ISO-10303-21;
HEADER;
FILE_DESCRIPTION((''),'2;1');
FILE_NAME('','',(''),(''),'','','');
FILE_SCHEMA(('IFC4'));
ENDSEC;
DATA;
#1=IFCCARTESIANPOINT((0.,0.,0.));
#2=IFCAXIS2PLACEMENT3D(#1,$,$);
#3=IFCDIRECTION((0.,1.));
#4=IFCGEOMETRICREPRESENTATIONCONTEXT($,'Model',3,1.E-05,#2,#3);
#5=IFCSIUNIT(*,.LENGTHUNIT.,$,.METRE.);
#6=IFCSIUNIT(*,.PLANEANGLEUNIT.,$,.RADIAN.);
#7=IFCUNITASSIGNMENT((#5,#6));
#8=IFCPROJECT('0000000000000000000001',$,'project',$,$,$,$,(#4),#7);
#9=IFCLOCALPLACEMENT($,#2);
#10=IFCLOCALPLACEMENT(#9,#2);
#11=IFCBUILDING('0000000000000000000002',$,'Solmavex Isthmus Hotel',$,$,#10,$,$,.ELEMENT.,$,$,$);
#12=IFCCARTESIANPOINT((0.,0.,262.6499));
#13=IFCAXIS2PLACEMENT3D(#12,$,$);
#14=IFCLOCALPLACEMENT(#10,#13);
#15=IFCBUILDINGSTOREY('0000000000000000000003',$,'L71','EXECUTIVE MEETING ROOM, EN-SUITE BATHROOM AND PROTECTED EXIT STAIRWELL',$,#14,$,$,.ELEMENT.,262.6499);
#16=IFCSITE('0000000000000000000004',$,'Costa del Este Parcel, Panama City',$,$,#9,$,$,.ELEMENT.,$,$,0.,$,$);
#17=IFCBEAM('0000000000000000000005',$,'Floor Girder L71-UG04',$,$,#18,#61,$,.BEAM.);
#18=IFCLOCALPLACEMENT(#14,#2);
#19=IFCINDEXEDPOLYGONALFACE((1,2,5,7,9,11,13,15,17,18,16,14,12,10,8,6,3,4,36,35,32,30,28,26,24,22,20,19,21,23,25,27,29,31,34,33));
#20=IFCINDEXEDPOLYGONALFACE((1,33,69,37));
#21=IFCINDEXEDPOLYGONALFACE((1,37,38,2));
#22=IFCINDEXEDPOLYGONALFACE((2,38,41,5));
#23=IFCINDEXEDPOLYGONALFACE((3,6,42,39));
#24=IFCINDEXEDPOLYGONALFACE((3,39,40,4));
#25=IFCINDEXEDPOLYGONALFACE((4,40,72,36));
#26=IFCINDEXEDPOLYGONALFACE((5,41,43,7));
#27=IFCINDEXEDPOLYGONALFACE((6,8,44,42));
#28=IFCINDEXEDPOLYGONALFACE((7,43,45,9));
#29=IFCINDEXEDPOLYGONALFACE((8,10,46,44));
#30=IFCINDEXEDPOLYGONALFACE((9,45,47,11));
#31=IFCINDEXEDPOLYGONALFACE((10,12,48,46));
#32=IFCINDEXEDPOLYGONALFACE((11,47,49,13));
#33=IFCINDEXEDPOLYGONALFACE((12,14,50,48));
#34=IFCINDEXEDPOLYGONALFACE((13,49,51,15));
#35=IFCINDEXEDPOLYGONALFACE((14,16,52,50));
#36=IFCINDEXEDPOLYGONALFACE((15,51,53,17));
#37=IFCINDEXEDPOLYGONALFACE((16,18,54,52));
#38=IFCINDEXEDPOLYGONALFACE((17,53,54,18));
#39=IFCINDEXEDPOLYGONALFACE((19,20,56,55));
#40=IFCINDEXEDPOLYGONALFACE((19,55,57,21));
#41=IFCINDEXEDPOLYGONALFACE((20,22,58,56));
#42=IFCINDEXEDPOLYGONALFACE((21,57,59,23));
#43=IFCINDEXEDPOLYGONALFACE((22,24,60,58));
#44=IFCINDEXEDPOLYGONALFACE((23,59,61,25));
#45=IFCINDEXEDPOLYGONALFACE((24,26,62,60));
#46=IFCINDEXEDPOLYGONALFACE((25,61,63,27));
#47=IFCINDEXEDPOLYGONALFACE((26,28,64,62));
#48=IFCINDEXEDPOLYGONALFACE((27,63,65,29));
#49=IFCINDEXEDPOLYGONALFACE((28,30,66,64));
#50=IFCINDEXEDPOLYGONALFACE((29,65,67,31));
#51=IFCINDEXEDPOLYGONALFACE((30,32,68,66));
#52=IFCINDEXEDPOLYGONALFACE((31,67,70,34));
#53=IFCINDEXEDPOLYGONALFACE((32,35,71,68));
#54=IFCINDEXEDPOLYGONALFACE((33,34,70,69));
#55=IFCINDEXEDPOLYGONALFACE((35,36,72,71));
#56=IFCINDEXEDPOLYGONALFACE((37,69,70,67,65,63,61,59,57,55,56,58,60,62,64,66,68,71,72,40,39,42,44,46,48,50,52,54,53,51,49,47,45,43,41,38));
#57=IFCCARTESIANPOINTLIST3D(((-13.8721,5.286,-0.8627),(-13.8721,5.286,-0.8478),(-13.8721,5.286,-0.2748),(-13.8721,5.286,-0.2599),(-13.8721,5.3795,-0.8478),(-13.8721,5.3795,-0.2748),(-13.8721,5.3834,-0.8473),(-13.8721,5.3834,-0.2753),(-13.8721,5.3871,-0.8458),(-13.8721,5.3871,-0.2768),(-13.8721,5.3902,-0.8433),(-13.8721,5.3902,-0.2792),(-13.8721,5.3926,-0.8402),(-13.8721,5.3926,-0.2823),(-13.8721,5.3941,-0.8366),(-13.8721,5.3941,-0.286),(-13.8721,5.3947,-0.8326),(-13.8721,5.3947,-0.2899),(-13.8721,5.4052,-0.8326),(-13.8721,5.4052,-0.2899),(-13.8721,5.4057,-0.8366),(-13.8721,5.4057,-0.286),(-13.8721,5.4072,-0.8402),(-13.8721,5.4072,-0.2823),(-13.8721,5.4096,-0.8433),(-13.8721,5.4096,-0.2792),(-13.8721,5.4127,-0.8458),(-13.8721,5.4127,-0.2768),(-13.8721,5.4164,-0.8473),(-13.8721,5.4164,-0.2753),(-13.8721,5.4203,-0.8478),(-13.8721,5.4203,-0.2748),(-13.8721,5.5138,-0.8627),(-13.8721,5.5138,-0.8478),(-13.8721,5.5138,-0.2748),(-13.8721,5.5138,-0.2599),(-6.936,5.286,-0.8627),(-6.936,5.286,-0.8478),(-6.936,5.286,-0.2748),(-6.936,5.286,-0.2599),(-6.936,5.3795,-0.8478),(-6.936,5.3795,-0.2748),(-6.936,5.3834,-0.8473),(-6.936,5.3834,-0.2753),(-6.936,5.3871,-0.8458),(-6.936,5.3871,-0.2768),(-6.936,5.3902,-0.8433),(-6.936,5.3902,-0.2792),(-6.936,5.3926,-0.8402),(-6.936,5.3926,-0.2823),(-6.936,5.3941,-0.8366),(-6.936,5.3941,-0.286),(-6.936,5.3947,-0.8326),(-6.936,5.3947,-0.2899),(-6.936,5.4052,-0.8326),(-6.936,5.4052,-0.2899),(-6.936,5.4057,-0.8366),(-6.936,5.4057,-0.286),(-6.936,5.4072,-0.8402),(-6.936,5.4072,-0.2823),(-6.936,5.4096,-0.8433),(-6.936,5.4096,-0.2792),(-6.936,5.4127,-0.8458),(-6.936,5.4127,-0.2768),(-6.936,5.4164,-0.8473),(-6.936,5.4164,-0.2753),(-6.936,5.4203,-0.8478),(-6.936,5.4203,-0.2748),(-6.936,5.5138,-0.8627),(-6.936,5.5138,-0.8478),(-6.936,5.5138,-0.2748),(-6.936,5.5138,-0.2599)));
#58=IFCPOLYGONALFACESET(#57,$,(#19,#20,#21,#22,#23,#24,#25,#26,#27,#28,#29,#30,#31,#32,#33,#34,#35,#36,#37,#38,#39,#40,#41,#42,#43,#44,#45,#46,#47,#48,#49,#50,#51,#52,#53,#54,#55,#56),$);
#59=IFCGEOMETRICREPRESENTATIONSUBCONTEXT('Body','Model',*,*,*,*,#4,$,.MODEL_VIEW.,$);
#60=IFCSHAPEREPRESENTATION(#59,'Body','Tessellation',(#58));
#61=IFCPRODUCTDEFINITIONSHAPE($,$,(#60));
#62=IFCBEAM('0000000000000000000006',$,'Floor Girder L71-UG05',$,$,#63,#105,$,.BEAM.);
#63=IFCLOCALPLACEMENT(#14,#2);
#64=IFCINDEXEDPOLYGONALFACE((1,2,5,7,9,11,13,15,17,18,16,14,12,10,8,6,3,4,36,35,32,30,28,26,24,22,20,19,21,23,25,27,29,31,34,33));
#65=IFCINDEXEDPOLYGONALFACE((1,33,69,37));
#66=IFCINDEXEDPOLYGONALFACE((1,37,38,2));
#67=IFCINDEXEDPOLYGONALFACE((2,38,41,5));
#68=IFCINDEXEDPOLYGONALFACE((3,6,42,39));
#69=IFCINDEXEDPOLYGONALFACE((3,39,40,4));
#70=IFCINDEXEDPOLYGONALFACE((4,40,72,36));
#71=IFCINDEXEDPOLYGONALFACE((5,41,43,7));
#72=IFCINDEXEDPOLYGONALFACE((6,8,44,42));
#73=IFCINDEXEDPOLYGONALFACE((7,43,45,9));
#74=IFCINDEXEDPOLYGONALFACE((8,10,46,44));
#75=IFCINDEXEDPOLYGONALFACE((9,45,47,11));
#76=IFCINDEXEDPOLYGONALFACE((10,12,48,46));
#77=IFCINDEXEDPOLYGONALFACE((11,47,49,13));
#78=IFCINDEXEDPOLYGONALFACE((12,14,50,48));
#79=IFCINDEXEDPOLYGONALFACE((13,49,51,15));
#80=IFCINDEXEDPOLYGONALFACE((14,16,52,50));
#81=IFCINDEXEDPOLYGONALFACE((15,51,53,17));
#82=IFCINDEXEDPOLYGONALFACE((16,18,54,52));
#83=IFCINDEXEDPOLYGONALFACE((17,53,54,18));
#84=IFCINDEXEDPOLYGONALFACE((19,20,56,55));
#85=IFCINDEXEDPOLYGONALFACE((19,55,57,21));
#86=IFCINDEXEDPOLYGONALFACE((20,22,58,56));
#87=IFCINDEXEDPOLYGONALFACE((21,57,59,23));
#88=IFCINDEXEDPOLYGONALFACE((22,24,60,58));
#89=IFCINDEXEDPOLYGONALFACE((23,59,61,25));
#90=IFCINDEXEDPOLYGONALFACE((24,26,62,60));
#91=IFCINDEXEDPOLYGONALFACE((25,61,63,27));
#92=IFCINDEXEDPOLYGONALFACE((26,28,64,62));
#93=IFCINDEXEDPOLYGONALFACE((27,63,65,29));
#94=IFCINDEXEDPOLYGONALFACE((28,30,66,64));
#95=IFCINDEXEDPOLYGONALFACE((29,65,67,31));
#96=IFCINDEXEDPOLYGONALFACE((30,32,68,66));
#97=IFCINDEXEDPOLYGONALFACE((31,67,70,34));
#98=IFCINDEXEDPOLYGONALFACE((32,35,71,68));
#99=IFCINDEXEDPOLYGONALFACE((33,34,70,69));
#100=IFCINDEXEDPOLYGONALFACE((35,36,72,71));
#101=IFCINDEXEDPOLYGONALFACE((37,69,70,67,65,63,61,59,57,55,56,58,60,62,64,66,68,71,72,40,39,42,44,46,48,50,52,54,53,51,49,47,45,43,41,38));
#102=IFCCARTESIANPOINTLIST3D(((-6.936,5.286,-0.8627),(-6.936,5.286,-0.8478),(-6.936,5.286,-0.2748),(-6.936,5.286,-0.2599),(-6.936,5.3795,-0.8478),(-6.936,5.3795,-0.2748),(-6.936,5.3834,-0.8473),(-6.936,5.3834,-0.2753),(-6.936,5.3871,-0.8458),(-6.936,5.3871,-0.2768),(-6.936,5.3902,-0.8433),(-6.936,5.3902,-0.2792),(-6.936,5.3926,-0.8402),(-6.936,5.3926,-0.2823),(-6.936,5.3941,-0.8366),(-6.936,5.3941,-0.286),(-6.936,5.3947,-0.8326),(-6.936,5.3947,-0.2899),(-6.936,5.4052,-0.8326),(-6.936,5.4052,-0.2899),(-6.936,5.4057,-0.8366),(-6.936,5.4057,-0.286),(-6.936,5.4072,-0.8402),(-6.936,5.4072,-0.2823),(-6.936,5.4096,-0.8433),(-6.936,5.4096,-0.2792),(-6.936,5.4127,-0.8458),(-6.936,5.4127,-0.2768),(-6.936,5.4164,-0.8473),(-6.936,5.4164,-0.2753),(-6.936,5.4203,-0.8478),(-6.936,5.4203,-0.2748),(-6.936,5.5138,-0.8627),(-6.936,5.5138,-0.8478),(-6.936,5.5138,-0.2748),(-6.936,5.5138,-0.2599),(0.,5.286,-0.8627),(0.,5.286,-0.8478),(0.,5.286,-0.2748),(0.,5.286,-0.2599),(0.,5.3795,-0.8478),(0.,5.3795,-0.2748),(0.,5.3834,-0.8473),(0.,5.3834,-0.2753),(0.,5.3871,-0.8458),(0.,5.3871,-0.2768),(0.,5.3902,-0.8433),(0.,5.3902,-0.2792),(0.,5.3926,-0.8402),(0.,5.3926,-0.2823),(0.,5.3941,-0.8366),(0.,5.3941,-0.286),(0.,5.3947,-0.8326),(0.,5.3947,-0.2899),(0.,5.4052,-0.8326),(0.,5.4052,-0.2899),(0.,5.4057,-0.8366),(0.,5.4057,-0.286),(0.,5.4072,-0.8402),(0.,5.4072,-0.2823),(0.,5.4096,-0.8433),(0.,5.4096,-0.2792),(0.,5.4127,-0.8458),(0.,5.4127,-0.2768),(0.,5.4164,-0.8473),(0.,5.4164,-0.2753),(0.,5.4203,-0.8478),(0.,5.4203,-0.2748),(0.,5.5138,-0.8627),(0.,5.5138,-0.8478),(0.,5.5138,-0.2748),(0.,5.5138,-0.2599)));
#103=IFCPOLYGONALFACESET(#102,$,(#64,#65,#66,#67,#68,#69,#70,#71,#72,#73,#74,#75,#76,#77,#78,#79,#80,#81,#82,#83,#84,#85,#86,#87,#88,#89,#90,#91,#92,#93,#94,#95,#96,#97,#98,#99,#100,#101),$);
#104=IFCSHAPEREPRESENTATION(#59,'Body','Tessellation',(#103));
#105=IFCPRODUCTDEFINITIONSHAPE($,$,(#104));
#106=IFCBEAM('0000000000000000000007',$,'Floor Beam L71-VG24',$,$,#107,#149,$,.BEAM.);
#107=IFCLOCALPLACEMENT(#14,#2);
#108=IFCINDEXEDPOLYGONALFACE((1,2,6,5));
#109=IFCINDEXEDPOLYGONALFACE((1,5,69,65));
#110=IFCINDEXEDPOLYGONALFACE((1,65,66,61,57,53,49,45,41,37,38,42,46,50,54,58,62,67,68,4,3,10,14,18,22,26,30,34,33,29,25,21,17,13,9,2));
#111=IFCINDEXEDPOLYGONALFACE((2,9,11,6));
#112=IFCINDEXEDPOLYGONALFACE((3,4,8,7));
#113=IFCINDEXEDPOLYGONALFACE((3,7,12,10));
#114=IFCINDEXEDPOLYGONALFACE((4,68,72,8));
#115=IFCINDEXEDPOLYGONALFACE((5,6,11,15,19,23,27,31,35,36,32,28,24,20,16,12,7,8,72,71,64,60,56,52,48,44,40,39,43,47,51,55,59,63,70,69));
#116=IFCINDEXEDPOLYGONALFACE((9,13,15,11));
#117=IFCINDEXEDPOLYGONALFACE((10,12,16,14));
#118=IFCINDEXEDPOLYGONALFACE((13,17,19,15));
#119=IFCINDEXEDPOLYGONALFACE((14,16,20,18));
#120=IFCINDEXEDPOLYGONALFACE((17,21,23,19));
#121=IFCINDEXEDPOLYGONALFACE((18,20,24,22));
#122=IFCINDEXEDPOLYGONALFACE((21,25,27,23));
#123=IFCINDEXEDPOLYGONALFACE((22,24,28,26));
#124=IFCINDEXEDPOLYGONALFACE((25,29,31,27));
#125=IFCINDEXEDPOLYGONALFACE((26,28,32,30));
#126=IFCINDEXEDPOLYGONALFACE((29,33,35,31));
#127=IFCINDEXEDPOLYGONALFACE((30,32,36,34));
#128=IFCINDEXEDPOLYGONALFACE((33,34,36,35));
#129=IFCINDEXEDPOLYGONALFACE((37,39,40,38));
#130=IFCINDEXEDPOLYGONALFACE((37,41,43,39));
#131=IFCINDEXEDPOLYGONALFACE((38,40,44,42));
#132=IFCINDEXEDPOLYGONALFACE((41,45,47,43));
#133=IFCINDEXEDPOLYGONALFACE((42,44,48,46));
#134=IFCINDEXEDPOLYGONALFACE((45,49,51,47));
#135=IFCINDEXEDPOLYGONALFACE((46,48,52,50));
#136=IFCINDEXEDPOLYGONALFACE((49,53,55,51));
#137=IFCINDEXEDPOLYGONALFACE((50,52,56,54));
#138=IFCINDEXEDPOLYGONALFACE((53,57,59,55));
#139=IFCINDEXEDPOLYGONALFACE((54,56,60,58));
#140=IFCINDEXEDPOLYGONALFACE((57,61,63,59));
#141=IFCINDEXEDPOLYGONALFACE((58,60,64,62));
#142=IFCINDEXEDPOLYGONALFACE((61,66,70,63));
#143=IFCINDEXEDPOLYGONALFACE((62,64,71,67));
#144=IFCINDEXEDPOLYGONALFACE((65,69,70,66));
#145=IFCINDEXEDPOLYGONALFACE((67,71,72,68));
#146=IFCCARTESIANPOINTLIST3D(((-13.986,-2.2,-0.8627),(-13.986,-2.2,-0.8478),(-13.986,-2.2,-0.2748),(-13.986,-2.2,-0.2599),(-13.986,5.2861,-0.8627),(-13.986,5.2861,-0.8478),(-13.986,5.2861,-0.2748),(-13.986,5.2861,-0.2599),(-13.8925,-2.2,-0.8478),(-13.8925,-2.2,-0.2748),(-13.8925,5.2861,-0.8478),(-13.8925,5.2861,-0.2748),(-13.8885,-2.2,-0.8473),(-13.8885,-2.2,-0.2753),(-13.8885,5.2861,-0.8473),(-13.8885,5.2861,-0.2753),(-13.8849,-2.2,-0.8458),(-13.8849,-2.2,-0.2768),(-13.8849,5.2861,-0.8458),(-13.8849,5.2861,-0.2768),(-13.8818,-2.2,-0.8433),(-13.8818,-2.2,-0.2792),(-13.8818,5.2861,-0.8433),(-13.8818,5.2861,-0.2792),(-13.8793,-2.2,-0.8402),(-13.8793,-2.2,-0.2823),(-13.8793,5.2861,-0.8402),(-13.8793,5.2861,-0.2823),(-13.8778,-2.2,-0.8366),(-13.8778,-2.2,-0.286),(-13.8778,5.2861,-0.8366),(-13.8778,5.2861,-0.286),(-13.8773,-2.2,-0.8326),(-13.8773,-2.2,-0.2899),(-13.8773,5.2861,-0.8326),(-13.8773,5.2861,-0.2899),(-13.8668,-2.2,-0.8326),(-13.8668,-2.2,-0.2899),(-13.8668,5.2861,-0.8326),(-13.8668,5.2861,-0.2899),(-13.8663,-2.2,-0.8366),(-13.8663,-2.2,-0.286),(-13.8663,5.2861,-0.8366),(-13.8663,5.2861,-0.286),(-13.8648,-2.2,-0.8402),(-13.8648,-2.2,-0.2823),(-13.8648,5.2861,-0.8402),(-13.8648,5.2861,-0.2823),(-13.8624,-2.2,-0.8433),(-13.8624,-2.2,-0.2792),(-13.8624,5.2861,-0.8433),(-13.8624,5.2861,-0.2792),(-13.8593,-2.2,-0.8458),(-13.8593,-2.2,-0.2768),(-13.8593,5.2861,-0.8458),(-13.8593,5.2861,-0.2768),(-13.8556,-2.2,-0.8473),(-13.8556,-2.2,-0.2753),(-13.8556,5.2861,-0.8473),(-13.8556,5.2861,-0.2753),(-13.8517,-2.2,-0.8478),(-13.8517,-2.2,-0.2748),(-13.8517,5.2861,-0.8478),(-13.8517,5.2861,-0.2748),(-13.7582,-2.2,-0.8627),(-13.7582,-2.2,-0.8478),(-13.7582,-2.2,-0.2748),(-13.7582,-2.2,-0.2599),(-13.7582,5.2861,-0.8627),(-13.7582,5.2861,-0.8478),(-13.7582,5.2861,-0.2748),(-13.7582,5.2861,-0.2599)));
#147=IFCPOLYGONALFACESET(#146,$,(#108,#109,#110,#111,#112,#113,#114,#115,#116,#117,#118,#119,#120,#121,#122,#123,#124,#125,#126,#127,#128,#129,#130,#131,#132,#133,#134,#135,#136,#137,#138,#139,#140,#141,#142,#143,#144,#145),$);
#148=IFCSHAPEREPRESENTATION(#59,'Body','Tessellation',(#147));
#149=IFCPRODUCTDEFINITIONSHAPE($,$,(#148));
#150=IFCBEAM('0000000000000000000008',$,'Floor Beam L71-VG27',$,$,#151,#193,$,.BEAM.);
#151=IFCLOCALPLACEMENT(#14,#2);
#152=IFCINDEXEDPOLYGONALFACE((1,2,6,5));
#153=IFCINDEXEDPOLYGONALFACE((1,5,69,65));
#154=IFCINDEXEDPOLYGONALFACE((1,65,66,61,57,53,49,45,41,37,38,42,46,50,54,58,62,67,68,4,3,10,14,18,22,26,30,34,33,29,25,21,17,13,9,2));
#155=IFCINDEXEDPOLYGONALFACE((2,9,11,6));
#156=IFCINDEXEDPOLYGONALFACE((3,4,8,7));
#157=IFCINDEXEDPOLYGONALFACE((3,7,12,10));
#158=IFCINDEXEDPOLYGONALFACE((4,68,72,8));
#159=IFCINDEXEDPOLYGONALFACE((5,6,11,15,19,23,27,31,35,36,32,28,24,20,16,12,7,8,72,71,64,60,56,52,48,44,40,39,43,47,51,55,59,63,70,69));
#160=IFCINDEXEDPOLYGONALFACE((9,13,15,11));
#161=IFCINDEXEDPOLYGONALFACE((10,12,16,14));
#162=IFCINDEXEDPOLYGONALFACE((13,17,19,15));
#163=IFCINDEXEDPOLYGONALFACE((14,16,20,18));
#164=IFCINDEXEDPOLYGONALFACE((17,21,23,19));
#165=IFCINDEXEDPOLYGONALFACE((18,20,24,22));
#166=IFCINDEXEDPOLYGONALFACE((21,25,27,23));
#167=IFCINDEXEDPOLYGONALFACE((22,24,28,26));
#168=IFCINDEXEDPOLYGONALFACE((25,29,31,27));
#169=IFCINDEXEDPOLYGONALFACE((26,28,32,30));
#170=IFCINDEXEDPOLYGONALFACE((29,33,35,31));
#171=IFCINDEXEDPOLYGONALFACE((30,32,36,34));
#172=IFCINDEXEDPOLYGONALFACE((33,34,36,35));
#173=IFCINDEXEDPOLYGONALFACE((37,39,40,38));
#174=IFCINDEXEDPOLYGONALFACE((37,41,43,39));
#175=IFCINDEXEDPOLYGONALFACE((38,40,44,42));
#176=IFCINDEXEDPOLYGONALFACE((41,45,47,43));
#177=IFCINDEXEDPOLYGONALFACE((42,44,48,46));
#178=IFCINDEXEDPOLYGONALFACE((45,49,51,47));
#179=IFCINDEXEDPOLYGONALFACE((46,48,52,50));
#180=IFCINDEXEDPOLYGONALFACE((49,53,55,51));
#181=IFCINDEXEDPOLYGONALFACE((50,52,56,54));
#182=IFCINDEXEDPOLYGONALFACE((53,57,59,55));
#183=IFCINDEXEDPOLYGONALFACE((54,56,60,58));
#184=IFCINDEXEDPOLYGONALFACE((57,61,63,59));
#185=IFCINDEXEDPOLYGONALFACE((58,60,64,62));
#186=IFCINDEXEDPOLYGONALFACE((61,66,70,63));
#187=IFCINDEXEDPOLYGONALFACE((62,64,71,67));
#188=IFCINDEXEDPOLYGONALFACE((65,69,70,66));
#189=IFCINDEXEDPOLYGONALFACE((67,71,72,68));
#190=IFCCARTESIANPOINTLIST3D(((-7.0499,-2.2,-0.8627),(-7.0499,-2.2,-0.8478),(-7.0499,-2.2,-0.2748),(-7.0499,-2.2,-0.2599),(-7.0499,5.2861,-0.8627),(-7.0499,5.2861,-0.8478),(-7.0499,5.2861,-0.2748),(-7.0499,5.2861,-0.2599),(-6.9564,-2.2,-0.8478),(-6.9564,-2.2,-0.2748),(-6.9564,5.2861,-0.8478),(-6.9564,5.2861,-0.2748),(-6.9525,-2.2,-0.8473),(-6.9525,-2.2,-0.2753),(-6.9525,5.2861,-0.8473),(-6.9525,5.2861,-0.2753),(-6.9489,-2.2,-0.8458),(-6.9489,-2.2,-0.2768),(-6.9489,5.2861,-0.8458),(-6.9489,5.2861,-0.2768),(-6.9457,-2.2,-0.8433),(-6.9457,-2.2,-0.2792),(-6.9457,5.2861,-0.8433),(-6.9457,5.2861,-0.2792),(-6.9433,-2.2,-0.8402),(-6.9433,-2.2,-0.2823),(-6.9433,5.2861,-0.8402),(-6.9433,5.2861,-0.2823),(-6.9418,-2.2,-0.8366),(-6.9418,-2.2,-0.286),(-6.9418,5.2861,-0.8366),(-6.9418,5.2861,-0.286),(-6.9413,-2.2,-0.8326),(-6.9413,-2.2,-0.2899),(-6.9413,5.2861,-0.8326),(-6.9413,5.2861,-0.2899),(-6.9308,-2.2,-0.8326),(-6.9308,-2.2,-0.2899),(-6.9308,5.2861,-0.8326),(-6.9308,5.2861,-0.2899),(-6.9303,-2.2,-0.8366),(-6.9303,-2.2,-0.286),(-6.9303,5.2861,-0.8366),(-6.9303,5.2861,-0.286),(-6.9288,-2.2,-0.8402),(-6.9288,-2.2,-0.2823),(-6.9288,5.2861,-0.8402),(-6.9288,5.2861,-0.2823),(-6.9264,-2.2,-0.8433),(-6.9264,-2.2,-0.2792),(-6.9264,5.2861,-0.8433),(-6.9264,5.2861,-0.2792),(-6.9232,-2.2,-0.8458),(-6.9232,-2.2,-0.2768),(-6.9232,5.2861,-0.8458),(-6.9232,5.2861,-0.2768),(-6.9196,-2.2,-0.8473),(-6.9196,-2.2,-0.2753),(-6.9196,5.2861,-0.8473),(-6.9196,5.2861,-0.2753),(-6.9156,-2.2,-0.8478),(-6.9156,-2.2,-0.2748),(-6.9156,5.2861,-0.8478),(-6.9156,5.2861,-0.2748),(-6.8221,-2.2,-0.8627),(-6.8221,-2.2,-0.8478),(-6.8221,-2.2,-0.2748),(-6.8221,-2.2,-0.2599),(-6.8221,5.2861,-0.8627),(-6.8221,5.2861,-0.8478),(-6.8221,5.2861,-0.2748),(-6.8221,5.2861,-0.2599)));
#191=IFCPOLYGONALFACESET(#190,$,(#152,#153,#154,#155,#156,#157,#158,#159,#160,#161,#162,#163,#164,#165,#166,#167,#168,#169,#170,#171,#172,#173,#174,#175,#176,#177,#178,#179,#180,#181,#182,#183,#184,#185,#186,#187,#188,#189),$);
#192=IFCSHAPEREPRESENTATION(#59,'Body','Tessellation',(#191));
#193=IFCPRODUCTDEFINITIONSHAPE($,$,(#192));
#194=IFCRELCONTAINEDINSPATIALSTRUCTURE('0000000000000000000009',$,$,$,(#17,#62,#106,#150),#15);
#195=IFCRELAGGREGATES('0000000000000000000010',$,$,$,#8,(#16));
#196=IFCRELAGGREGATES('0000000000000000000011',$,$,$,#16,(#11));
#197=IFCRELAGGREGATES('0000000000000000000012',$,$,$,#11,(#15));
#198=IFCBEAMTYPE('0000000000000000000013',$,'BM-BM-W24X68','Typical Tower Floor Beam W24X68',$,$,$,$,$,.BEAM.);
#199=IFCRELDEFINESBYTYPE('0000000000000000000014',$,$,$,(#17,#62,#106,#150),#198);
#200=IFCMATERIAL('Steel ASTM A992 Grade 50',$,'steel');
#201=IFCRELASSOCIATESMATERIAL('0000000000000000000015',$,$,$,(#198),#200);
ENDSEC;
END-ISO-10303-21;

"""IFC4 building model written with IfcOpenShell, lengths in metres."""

from ifc_helpers import new_model, si_unit, direction, frame, origin, origin_2d, place, context, subcontext, project, spatial, i_section, extrude, material, material_profile, profile_set, type_object, element, save


model = new_model("IFC4")

# Units and contexts
model_context = context("Model", 3, precision=1e-05, world=origin(), true_north=direction((0.0, 1.0)))
body_context = subcontext(model_context, "Body", "Model", "MODEL_VIEW")
ifc_project = project(units=[si_unit("LENGTHUNIT", "METRE"), si_unit("PLANEANGLEUNIT", "RADIAN")], contexts=[model_context])

# Site, building, storey
site_placement = place(None, origin())
site = spatial("IfcSite", under=ifc_project, at=site_placement, Name="Costa del Este Parcel, Panama City", CompositionType="ELEMENT", RefElevation=0.0)
building_placement = place(site_placement, origin())
building = spatial("IfcBuilding", under=site, at=building_placement, Name="Solmavex Isthmus Hotel", CompositionType="ELEMENT")
storey_placement = place(building_placement, frame((0.0, 0.0, 262.6499)))
storey = spatial("IfcBuildingStorey", under=building, at=storey_placement, Name="L71", Description="EXECUTIVE MEETING ROOM, EN-SUITE BATHROOM AND PROTECTED EXIT STAIRWELL", CompositionType="ELEMENT", Elevation=262.6499)

# Beams
ifc_material_1 = material(Name="Steel ASTM A992 Grade 50", Category="steel")
ifc_material_profile_1 = material_profile(ifc_material_1, i_section(OverallWidth=0.2278, OverallDepth=0.6028, WebThickness=0.0105, FlangeThickness=0.0149, FilletRadius=0.0151, at=origin_2d()), Name="W24X68")
ifc_profile_set_1 = profile_set([ifc_material_profile_1], Name="Steel ASTM A992 Grade 50")
beam_type_1 = type_object("IfcBeamType", Name="BM-BM-W24X68", Description="Typical Tower Floor Beam W24X68", PredefinedType="BEAM", material=ifc_profile_set_1)
for number, where, z_axis, x_axis, name in (
    (1, (-13.8721, 5.3999, -0.5613), (1.0, 0.0, 0.0), (0.0, 1.0, 0.0), "Floor Girder L71-UG04"),
    (2, (-6.936, 5.3999, -0.5613), (1.0, 0.0, 0.0), (0.0, 1.0, 0.0), "Floor Girder L71-UG05"),
):
    element("IfcBeam", number, at=place(storey_placement, frame(where, z_axis=z_axis, x_axis=x_axis)), inside=storey, type_object=beam_type_1, Name=name, PredefinedType="BEAM", context=body_context, shape_type="SweptSolid", body=[
        extrude(i_section(OverallWidth=0.2278, OverallDepth=0.6028, WebThickness=0.0105, FlangeThickness=0.0149, FilletRadius=0.0151, at=origin_2d()), origin(), (0.0, 0.0, 1.0), 6.936),
    ])
for number, where, z_axis, x_axis, name in (
    (3, (-13.8721, -2.2, -0.5613), (0.0, 1.0, 0.0), (-1.0, 0.0, 0.0), "Floor Beam L71-VG24"),
    (4, (-6.936, -2.2, -0.5613), (0.0, 1.0, 0.0), (-1.0, 0.0, 0.0), "Floor Beam L71-VG27"),
):
    element("IfcBeam", number, at=place(storey_placement, frame(where, z_axis=z_axis, x_axis=x_axis)), inside=storey, type_object=beam_type_1, Name=name, PredefinedType="BEAM", context=body_context, shape_type="SweptSolid", body=[
        extrude(i_section(OverallWidth=0.2278, OverallDepth=0.6028, WebThickness=0.0105, FlangeThickness=0.0149, FilletRadius=0.0151, at=origin_2d()), origin(), (0.0, 0.0, 1.0), 7.4861),
    ])

save(model, "model.ifc")
